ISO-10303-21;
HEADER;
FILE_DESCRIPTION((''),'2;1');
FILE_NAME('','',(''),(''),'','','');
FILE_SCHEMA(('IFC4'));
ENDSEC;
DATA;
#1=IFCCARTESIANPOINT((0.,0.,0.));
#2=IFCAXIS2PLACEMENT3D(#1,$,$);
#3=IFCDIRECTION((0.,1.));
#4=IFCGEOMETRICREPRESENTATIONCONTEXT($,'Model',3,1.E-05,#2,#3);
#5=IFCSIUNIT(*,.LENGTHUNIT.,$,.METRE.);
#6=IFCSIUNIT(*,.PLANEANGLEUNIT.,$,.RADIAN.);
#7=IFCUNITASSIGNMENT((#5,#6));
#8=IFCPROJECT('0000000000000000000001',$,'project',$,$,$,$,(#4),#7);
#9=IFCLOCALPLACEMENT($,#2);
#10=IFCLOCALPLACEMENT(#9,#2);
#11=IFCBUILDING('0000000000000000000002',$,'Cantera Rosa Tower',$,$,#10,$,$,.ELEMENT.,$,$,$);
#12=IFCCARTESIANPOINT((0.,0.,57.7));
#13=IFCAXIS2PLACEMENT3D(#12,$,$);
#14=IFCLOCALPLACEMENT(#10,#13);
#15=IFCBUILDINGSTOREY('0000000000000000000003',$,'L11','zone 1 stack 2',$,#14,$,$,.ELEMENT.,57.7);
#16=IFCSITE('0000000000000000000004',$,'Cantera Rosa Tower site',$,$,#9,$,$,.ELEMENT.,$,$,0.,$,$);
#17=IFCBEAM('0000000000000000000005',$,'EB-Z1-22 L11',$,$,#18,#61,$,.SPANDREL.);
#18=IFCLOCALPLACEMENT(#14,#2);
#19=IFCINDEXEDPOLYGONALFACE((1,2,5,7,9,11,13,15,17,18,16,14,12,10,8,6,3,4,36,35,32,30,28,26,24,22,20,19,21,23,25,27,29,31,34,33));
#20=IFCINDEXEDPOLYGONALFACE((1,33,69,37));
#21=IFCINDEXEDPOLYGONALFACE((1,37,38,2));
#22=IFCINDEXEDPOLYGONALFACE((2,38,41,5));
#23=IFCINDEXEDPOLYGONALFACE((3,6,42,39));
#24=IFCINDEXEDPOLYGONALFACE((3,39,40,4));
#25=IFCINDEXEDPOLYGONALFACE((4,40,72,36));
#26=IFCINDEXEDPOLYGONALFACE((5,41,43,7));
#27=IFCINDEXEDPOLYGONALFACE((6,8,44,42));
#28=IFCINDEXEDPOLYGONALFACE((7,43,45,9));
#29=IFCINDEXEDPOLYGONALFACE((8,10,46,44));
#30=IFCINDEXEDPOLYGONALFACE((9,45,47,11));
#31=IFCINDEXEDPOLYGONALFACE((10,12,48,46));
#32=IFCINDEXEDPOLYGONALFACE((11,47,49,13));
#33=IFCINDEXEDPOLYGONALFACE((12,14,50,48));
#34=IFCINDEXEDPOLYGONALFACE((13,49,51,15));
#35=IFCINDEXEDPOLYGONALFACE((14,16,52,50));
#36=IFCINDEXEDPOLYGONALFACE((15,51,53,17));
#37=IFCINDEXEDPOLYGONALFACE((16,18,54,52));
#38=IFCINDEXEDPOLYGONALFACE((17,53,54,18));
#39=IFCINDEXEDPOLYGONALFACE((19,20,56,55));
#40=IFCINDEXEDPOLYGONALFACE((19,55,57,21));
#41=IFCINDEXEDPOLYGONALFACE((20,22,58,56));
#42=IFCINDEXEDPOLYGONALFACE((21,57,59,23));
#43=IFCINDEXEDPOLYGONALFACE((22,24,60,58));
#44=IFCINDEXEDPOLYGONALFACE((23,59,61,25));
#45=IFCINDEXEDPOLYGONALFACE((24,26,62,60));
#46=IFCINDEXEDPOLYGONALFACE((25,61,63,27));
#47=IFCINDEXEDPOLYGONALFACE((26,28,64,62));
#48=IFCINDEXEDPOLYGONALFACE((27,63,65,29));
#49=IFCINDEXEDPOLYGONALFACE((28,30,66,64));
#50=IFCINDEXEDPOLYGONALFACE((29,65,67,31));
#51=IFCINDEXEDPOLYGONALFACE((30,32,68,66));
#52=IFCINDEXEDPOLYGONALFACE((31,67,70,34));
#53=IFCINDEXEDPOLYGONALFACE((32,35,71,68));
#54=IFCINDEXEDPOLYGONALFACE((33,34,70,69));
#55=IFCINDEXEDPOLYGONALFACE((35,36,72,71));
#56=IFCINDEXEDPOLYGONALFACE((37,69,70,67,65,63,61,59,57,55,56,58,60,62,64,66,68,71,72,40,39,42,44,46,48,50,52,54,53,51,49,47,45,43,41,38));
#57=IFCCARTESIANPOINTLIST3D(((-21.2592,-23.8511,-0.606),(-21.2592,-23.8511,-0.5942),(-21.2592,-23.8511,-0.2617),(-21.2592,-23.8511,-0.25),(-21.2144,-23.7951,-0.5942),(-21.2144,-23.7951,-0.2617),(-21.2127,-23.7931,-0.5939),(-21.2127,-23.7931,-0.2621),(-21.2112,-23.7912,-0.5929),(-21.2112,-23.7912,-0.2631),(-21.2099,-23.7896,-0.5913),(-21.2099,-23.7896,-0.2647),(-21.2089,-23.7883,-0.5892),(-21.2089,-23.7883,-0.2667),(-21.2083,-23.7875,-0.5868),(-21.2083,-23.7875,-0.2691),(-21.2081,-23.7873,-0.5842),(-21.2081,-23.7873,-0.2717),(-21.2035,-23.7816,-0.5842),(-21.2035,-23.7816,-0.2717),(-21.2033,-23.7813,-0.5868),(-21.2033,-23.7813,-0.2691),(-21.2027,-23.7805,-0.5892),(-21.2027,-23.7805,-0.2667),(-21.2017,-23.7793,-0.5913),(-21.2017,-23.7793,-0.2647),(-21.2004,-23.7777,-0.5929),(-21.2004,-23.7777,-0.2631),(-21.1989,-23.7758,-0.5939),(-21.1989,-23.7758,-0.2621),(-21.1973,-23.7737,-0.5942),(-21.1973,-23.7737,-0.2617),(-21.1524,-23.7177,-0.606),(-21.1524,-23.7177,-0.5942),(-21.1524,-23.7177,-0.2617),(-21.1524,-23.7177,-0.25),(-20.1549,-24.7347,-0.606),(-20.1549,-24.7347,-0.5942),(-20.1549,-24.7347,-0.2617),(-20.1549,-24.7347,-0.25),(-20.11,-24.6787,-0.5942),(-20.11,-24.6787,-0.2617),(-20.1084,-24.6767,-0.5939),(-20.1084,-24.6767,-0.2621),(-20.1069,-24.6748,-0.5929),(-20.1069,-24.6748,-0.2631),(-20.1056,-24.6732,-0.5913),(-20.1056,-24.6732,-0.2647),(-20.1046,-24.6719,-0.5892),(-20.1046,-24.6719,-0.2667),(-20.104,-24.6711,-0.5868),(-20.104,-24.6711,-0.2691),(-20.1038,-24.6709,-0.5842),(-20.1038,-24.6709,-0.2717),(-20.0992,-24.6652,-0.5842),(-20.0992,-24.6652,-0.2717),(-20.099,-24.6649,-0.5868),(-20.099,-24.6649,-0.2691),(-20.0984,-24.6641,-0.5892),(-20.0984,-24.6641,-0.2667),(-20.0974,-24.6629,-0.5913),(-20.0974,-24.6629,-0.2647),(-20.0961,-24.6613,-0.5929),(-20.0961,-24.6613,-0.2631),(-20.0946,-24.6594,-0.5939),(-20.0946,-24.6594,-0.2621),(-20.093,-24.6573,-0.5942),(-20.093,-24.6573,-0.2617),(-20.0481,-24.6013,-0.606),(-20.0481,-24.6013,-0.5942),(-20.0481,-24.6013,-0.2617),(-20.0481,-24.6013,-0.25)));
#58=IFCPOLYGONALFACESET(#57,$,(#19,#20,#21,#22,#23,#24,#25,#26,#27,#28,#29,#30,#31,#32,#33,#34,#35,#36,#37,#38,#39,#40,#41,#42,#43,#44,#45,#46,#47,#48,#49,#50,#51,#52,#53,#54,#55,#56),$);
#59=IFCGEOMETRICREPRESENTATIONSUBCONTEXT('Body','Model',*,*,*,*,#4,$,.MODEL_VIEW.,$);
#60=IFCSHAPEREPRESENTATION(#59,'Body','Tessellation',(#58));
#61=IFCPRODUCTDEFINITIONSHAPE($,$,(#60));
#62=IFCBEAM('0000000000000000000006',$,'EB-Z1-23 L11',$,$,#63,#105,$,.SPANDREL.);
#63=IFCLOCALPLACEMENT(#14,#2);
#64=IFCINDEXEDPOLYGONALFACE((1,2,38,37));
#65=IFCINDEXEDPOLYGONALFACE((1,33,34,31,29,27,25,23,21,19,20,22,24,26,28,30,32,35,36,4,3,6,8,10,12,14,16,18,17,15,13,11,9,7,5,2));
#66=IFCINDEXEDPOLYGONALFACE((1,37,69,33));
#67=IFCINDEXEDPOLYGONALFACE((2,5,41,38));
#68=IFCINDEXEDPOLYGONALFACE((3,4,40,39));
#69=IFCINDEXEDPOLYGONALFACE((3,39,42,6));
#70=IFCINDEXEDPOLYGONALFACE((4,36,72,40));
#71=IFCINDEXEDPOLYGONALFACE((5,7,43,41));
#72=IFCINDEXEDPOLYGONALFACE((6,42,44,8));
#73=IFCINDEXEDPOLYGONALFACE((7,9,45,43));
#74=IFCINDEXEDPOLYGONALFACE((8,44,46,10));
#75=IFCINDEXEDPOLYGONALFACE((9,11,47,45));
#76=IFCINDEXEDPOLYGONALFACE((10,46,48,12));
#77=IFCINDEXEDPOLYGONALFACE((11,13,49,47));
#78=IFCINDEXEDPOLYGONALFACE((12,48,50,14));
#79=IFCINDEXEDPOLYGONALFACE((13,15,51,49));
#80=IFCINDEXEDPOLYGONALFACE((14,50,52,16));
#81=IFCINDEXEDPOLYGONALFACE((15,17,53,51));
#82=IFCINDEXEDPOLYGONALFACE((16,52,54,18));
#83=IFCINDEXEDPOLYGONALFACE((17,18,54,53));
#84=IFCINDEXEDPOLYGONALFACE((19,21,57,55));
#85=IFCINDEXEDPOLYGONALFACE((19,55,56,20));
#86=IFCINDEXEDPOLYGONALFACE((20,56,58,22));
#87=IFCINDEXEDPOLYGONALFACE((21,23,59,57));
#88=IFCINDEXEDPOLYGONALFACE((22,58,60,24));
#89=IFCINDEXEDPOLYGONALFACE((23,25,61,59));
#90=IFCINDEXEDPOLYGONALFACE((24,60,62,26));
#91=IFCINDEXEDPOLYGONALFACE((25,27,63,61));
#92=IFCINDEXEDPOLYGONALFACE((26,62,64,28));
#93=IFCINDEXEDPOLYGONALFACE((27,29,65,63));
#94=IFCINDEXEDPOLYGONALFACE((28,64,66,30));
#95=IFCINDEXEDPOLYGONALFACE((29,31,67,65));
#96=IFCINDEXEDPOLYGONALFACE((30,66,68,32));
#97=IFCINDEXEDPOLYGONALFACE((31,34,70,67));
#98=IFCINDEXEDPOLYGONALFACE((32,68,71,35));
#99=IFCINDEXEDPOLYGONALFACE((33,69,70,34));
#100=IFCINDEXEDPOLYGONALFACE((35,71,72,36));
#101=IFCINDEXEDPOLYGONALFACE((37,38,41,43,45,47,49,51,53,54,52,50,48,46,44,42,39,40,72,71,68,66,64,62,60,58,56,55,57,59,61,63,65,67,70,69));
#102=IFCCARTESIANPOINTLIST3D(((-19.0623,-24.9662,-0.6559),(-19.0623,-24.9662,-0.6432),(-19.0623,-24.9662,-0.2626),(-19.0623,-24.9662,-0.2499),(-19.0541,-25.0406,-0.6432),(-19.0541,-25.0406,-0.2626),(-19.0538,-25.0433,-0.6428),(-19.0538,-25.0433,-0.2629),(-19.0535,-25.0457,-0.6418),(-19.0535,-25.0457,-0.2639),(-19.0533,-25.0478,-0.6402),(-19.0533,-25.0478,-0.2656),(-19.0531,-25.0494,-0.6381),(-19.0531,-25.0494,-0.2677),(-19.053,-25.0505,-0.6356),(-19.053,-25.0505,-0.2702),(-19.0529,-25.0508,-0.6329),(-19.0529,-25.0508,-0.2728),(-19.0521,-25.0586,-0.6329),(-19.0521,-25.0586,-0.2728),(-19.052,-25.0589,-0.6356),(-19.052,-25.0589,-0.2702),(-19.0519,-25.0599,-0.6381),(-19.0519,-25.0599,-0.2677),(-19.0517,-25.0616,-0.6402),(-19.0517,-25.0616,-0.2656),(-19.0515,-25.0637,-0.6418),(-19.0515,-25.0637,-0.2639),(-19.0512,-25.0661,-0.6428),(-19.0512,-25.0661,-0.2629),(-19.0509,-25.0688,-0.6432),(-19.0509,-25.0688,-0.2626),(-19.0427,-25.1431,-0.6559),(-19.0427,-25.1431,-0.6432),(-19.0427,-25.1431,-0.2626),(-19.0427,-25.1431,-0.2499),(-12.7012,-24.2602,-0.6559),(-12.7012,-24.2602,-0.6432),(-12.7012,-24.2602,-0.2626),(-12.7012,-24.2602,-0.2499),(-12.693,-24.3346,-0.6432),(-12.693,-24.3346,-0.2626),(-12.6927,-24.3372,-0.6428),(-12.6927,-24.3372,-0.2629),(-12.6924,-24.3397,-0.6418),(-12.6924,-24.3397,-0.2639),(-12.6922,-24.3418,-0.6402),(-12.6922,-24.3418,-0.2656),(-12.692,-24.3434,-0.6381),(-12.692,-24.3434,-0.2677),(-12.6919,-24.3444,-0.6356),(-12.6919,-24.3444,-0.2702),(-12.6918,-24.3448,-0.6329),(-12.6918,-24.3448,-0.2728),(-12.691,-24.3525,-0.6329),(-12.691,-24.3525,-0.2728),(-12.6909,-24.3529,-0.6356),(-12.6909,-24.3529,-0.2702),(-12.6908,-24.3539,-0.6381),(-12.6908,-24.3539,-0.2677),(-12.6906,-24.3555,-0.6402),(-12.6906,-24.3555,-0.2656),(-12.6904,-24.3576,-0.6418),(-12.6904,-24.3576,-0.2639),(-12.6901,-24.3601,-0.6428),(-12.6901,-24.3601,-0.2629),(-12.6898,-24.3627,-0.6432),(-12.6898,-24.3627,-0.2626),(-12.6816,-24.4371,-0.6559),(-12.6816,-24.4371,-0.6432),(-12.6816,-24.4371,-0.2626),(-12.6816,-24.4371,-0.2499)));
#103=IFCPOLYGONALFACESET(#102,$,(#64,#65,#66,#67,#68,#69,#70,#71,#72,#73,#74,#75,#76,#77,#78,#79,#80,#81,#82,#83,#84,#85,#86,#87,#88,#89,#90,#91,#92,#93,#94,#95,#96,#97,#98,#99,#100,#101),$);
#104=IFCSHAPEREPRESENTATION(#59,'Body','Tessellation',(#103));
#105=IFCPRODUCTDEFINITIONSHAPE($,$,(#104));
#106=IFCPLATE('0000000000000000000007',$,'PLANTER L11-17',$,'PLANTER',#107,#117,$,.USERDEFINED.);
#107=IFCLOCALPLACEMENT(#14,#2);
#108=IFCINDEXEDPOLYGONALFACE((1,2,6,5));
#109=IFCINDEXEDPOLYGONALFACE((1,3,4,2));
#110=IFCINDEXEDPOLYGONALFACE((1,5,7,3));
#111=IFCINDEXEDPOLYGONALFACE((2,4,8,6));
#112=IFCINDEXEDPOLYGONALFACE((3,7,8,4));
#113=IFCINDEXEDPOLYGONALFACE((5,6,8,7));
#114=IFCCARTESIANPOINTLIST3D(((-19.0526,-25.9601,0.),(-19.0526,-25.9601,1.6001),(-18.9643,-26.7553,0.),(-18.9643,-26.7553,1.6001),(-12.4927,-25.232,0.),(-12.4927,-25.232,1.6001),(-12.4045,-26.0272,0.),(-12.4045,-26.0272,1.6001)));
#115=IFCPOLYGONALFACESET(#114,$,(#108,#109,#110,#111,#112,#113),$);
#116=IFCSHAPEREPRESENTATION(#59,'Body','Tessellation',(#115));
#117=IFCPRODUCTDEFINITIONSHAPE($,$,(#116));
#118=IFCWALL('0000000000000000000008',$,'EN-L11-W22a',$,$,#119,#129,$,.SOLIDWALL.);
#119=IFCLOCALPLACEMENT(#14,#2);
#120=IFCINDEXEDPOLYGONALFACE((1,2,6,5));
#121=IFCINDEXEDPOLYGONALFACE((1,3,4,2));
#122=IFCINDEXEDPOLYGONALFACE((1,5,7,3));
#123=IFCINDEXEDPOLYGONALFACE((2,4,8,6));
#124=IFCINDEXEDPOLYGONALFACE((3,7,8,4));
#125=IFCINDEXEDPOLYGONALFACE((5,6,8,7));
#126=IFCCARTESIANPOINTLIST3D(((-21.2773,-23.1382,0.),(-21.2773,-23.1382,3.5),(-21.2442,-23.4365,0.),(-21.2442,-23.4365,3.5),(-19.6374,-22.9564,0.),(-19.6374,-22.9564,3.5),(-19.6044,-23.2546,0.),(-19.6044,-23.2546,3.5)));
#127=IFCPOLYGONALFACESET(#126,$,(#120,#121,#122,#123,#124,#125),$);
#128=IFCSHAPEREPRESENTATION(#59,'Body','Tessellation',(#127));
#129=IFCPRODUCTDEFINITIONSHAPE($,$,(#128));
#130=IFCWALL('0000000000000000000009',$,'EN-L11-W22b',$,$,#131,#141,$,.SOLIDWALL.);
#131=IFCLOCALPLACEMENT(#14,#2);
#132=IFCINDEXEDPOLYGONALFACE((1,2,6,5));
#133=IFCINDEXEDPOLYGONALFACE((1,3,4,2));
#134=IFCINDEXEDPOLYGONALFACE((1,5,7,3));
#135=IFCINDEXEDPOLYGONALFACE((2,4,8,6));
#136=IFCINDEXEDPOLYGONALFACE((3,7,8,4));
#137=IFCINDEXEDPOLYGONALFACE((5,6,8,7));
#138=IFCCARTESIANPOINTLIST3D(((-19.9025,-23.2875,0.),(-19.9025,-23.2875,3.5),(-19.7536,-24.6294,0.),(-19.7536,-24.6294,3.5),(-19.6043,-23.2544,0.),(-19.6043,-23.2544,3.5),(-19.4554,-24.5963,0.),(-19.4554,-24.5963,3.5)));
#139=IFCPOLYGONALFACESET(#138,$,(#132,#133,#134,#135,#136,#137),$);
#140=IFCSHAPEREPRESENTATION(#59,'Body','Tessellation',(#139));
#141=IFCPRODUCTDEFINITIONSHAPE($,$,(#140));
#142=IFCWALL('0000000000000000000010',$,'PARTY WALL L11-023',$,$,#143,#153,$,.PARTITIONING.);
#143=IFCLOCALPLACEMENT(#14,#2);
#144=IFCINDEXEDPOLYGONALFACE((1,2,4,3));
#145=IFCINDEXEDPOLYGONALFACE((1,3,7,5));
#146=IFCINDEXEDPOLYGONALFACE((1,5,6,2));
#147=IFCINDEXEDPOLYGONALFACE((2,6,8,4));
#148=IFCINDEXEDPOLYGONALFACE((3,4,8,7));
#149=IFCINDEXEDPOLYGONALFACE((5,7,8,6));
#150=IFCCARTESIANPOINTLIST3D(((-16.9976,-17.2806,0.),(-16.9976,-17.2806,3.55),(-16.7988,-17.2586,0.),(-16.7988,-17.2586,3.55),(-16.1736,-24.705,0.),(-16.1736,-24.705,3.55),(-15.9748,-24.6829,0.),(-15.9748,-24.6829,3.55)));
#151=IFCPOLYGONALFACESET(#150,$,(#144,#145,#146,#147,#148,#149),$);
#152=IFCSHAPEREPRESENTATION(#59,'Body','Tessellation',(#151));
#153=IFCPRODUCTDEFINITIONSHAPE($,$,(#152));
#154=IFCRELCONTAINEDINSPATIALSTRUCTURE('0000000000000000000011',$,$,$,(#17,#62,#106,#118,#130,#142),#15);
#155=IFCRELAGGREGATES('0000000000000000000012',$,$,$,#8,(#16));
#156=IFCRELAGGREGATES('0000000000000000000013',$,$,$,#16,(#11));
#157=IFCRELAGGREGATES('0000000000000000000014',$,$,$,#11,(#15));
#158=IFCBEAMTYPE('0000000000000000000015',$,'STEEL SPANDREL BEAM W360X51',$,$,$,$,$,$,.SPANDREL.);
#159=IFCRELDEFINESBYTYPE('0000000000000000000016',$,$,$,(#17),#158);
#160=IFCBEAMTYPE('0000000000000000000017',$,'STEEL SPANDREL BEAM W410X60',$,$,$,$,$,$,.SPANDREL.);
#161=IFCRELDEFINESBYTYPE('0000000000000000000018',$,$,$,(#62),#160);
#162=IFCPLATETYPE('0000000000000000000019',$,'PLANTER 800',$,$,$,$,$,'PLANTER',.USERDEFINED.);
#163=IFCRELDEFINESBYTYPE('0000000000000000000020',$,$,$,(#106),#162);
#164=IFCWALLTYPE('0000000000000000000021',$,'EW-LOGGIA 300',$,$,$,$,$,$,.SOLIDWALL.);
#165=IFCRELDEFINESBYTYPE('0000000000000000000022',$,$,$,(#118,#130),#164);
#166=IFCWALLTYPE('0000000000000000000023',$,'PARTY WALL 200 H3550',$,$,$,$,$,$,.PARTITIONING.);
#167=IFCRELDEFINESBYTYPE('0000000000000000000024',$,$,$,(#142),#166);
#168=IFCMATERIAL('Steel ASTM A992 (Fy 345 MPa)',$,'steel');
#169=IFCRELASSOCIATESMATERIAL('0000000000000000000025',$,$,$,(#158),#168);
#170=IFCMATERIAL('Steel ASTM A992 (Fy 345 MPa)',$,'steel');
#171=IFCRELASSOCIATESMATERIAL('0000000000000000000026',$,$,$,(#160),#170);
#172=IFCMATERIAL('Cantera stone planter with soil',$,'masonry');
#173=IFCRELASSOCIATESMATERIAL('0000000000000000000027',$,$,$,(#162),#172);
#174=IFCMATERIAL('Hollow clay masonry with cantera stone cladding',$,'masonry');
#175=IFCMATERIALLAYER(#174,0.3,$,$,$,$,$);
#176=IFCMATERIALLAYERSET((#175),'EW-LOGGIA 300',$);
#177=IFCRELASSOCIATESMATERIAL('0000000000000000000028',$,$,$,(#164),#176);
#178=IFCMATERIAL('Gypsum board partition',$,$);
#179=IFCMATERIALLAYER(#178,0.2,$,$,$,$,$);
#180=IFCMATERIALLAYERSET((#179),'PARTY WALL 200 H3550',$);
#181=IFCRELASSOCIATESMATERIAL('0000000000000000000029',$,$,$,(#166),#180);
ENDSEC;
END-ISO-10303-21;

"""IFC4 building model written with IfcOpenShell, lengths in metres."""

from ifc_helpers import new_model, si_unit, direction, frame, frame_2d, origin, origin_2d, place, context, subcontext, project, spatial, rectangle, i_section, extrude, material, layer, layer_set, material_profile, profile_set, type_object, element, save


model = new_model("IFC4")

# Units and contexts
model_context = context("Model", 3, precision=1e-05, world=origin(), true_north=direction((0.0, 1.0)))
body_context = subcontext(model_context, "Body", "Model", "MODEL_VIEW")
ifc_project = project(units=[si_unit("LENGTHUNIT", "METRE"), si_unit("PLANEANGLEUNIT", "RADIAN")], contexts=[model_context])

# Site, building, storey
site_placement = place(None, origin())
site = spatial("IfcSite", under=ifc_project, at=site_placement, Name="Cantera Rosa Tower site", CompositionType="ELEMENT", RefElevation=0.0)
building_placement = place(site_placement, origin())
building = spatial("IfcBuilding", under=site, at=building_placement, Name="Cantera Rosa Tower", CompositionType="ELEMENT")
storey_placement = place(building_placement, frame((0.0, 0.0, 57.7)))
storey = spatial("IfcBuildingStorey", under=building, at=storey_placement, Name="L11", Description="zone 1 stack 2", CompositionType="ELEMENT", Elevation=57.7)

# Beams
ifc_material_1 = material(Name="Steel ASTM A992 (Fy 345 MPa)", Category="steel")
ifc_material_profile_1 = material_profile(ifc_material_1, i_section(OverallWidth=0.1709, OverallDepth=0.356, WebThickness=0.0073, FlangeThickness=0.0117, FilletRadius=0.01, at=origin_2d()), Name="W360X51")
ifc_profile_set_1 = profile_set([ifc_material_profile_1], Name="Steel ASTM A992 (Fy 345 MPa)")
beam_type_1 = type_object("IfcBeamType", Name="STEEL SPANDREL BEAM W360X51", PredefinedType="SPANDREL", material=ifc_profile_set_1)
for number, where, z_axis, x_axis, name in (
    (1, (-21.2058, -23.7844, -0.428), (0.780818, -0.624758, 0.0), (0.624758, 0.780818, 0.0), "EB-Z1-22 L11"),
):
    element("IfcBeam", number, at=place(storey_placement, frame(where, z_axis=z_axis, x_axis=x_axis)), inside=storey, type_object=beam_type_1, Name=name, PredefinedType="SPANDREL", context=body_context, shape_type="SweptSolid", body=[
        extrude(i_section(OverallWidth=0.1709, OverallDepth=0.356, WebThickness=0.0073, FlangeThickness=0.0117, FilletRadius=0.01, at=origin_2d()), origin(), (0.0, 0.0, 1.0), 1.4143),
    ])
ifc_material_2 = material(Name="Steel ASTM A992 (Fy 345 MPa)", Category="steel")
ifc_material_profile_2 = material_profile(ifc_material_2, i_section(OverallWidth=0.178, OverallDepth=0.406, WebThickness=0.0078, FlangeThickness=0.0127, FilletRadius=0.0103, at=origin_2d()), Name="W410X60")
ifc_profile_set_2 = profile_set([ifc_material_profile_2], Name="Steel ASTM A992 (Fy 345 MPa)")
beam_type_2 = type_object("IfcBeamType", Name="STEEL SPANDREL BEAM W410X60", PredefinedType="SPANDREL", material=ifc_profile_set_2)
beam_1_placement = place(storey_placement, frame((-19.0525, -25.0547, -0.4529), z_axis=(0.993896, 0.110318, 0.0), x_axis=(-0.110318, 0.993896, 0.0)))
element("IfcBeam", 2, at=beam_1_placement, inside=storey, type_object=beam_type_2, Name="EB-Z1-23 L11", PredefinedType="SPANDREL", context=body_context, shape_type="SweptSolid", body=[
    extrude(i_section(OverallWidth=0.178, OverallDepth=0.406, WebThickness=0.0078, FlangeThickness=0.0127, FilletRadius=0.0103, at=origin_2d()), origin(), (0.0, 0.0, 1.0), 6.4001),
])

# Plate
ifc_material_3 = material(Name="Cantera stone planter with soil", Category="masonry")
plate_type = type_object("IfcPlateType", Name="PLANTER 800", ElementType="PLANTER", PredefinedType="USERDEFINED", material=ifc_material_3)
plate_placement = place(storey_placement, frame((-15.7285, -25.9937, 0.0), z_axis=(0.0, 0.0, 1.0), x_axis=(0.993897, 0.110313, 0.0)))
element("IfcPlate", 3, at=plate_placement, inside=storey, type_object=plate_type, Name="PLANTER L11-17", ObjectType="PLANTER", PredefinedType="USERDEFINED", context=body_context, shape_type="SweptSolid", body=[
    extrude(rectangle(XDim=6.6001, YDim=0.8, at=origin_2d()), origin(), (0.0, 0.0, 1.0), 1.6001),
])

# Walls
ifc_material_4 = material(Name="Hollow clay masonry with cantera stone cladding", Category="masonry")
ifc_layer_1 = layer(ifc_material_4, 0.3)
ifc_layer_set_1 = layer_set([ifc_layer_1], Name="EW-LOGGIA 300")
wall_type_1 = type_object("IfcWallType", Name="EW-LOGGIA 300", PredefinedType="SOLIDWALL", material=ifc_layer_set_1)
wall_1_placement = place(storey_placement, frame((-21.2607, -23.2874, 0.0), z_axis=(0.0, 0.0, 1.0), x_axis=(0.993905, 0.110237, 0.0)))
element("IfcWall", 4, at=wall_1_placement, inside=storey, type_object=wall_type_1, Name="EN-L11-W22a", PredefinedType="SOLIDWALL", context=body_context, shape_type="SweptSolid", body=[
    extrude(rectangle(XDim=1.6499, YDim=0.3, at=frame_2d((0.825, 0.0))), origin(), (0.0, 0.0, 1.0), 3.5),
])
wall_2_placement = place(storey_placement, frame((-19.7534, -23.271, 0.0), z_axis=(0.0, 0.0, 1.0), x_axis=(0.110312, -0.993897, 0.0)))
element("IfcWall", 5, at=wall_2_placement, inside=storey, type_object=wall_type_1, Name="EN-L11-W22b", PredefinedType="SOLIDWALL", context=body_context, shape_type="SweptSolid", body=[
    extrude(rectangle(XDim=1.3501, YDim=0.3, at=frame_2d((0.675, 0.0))), origin(), (0.0, 0.0, 1.0), 3.5),
])

# Wall
ifc_material_5 = material(Name="Gypsum board partition")
ifc_layer_2 = layer(ifc_material_5, 0.2)
ifc_layer_set_2 = layer_set([ifc_layer_2], Name="PARTY WALL 200 H3550")
wall_type_2 = type_object("IfcWallType", Name="PARTY WALL 200 H3550", PredefinedType="PARTITIONING", material=ifc_layer_set_2)
wall_3_placement = place(storey_placement, frame((-16.0742, -24.6938, 0.0), z_axis=(0.0, 0.0, 1.0), x_axis=(-0.110306, 0.993898, 0.0)))
element("IfcWall", 6, at=wall_3_placement, inside=storey, type_object=wall_type_2, Name="PARTY WALL L11-023", PredefinedType="PARTITIONING", context=body_context, shape_type="SweptSolid", body=[
    extrude(rectangle(XDim=7.47, YDim=0.2, at=frame_2d((3.7349, 0.0))), origin(), (0.0, 0.0, 1.0), 3.55),
])

save(model, "model.ifc")
